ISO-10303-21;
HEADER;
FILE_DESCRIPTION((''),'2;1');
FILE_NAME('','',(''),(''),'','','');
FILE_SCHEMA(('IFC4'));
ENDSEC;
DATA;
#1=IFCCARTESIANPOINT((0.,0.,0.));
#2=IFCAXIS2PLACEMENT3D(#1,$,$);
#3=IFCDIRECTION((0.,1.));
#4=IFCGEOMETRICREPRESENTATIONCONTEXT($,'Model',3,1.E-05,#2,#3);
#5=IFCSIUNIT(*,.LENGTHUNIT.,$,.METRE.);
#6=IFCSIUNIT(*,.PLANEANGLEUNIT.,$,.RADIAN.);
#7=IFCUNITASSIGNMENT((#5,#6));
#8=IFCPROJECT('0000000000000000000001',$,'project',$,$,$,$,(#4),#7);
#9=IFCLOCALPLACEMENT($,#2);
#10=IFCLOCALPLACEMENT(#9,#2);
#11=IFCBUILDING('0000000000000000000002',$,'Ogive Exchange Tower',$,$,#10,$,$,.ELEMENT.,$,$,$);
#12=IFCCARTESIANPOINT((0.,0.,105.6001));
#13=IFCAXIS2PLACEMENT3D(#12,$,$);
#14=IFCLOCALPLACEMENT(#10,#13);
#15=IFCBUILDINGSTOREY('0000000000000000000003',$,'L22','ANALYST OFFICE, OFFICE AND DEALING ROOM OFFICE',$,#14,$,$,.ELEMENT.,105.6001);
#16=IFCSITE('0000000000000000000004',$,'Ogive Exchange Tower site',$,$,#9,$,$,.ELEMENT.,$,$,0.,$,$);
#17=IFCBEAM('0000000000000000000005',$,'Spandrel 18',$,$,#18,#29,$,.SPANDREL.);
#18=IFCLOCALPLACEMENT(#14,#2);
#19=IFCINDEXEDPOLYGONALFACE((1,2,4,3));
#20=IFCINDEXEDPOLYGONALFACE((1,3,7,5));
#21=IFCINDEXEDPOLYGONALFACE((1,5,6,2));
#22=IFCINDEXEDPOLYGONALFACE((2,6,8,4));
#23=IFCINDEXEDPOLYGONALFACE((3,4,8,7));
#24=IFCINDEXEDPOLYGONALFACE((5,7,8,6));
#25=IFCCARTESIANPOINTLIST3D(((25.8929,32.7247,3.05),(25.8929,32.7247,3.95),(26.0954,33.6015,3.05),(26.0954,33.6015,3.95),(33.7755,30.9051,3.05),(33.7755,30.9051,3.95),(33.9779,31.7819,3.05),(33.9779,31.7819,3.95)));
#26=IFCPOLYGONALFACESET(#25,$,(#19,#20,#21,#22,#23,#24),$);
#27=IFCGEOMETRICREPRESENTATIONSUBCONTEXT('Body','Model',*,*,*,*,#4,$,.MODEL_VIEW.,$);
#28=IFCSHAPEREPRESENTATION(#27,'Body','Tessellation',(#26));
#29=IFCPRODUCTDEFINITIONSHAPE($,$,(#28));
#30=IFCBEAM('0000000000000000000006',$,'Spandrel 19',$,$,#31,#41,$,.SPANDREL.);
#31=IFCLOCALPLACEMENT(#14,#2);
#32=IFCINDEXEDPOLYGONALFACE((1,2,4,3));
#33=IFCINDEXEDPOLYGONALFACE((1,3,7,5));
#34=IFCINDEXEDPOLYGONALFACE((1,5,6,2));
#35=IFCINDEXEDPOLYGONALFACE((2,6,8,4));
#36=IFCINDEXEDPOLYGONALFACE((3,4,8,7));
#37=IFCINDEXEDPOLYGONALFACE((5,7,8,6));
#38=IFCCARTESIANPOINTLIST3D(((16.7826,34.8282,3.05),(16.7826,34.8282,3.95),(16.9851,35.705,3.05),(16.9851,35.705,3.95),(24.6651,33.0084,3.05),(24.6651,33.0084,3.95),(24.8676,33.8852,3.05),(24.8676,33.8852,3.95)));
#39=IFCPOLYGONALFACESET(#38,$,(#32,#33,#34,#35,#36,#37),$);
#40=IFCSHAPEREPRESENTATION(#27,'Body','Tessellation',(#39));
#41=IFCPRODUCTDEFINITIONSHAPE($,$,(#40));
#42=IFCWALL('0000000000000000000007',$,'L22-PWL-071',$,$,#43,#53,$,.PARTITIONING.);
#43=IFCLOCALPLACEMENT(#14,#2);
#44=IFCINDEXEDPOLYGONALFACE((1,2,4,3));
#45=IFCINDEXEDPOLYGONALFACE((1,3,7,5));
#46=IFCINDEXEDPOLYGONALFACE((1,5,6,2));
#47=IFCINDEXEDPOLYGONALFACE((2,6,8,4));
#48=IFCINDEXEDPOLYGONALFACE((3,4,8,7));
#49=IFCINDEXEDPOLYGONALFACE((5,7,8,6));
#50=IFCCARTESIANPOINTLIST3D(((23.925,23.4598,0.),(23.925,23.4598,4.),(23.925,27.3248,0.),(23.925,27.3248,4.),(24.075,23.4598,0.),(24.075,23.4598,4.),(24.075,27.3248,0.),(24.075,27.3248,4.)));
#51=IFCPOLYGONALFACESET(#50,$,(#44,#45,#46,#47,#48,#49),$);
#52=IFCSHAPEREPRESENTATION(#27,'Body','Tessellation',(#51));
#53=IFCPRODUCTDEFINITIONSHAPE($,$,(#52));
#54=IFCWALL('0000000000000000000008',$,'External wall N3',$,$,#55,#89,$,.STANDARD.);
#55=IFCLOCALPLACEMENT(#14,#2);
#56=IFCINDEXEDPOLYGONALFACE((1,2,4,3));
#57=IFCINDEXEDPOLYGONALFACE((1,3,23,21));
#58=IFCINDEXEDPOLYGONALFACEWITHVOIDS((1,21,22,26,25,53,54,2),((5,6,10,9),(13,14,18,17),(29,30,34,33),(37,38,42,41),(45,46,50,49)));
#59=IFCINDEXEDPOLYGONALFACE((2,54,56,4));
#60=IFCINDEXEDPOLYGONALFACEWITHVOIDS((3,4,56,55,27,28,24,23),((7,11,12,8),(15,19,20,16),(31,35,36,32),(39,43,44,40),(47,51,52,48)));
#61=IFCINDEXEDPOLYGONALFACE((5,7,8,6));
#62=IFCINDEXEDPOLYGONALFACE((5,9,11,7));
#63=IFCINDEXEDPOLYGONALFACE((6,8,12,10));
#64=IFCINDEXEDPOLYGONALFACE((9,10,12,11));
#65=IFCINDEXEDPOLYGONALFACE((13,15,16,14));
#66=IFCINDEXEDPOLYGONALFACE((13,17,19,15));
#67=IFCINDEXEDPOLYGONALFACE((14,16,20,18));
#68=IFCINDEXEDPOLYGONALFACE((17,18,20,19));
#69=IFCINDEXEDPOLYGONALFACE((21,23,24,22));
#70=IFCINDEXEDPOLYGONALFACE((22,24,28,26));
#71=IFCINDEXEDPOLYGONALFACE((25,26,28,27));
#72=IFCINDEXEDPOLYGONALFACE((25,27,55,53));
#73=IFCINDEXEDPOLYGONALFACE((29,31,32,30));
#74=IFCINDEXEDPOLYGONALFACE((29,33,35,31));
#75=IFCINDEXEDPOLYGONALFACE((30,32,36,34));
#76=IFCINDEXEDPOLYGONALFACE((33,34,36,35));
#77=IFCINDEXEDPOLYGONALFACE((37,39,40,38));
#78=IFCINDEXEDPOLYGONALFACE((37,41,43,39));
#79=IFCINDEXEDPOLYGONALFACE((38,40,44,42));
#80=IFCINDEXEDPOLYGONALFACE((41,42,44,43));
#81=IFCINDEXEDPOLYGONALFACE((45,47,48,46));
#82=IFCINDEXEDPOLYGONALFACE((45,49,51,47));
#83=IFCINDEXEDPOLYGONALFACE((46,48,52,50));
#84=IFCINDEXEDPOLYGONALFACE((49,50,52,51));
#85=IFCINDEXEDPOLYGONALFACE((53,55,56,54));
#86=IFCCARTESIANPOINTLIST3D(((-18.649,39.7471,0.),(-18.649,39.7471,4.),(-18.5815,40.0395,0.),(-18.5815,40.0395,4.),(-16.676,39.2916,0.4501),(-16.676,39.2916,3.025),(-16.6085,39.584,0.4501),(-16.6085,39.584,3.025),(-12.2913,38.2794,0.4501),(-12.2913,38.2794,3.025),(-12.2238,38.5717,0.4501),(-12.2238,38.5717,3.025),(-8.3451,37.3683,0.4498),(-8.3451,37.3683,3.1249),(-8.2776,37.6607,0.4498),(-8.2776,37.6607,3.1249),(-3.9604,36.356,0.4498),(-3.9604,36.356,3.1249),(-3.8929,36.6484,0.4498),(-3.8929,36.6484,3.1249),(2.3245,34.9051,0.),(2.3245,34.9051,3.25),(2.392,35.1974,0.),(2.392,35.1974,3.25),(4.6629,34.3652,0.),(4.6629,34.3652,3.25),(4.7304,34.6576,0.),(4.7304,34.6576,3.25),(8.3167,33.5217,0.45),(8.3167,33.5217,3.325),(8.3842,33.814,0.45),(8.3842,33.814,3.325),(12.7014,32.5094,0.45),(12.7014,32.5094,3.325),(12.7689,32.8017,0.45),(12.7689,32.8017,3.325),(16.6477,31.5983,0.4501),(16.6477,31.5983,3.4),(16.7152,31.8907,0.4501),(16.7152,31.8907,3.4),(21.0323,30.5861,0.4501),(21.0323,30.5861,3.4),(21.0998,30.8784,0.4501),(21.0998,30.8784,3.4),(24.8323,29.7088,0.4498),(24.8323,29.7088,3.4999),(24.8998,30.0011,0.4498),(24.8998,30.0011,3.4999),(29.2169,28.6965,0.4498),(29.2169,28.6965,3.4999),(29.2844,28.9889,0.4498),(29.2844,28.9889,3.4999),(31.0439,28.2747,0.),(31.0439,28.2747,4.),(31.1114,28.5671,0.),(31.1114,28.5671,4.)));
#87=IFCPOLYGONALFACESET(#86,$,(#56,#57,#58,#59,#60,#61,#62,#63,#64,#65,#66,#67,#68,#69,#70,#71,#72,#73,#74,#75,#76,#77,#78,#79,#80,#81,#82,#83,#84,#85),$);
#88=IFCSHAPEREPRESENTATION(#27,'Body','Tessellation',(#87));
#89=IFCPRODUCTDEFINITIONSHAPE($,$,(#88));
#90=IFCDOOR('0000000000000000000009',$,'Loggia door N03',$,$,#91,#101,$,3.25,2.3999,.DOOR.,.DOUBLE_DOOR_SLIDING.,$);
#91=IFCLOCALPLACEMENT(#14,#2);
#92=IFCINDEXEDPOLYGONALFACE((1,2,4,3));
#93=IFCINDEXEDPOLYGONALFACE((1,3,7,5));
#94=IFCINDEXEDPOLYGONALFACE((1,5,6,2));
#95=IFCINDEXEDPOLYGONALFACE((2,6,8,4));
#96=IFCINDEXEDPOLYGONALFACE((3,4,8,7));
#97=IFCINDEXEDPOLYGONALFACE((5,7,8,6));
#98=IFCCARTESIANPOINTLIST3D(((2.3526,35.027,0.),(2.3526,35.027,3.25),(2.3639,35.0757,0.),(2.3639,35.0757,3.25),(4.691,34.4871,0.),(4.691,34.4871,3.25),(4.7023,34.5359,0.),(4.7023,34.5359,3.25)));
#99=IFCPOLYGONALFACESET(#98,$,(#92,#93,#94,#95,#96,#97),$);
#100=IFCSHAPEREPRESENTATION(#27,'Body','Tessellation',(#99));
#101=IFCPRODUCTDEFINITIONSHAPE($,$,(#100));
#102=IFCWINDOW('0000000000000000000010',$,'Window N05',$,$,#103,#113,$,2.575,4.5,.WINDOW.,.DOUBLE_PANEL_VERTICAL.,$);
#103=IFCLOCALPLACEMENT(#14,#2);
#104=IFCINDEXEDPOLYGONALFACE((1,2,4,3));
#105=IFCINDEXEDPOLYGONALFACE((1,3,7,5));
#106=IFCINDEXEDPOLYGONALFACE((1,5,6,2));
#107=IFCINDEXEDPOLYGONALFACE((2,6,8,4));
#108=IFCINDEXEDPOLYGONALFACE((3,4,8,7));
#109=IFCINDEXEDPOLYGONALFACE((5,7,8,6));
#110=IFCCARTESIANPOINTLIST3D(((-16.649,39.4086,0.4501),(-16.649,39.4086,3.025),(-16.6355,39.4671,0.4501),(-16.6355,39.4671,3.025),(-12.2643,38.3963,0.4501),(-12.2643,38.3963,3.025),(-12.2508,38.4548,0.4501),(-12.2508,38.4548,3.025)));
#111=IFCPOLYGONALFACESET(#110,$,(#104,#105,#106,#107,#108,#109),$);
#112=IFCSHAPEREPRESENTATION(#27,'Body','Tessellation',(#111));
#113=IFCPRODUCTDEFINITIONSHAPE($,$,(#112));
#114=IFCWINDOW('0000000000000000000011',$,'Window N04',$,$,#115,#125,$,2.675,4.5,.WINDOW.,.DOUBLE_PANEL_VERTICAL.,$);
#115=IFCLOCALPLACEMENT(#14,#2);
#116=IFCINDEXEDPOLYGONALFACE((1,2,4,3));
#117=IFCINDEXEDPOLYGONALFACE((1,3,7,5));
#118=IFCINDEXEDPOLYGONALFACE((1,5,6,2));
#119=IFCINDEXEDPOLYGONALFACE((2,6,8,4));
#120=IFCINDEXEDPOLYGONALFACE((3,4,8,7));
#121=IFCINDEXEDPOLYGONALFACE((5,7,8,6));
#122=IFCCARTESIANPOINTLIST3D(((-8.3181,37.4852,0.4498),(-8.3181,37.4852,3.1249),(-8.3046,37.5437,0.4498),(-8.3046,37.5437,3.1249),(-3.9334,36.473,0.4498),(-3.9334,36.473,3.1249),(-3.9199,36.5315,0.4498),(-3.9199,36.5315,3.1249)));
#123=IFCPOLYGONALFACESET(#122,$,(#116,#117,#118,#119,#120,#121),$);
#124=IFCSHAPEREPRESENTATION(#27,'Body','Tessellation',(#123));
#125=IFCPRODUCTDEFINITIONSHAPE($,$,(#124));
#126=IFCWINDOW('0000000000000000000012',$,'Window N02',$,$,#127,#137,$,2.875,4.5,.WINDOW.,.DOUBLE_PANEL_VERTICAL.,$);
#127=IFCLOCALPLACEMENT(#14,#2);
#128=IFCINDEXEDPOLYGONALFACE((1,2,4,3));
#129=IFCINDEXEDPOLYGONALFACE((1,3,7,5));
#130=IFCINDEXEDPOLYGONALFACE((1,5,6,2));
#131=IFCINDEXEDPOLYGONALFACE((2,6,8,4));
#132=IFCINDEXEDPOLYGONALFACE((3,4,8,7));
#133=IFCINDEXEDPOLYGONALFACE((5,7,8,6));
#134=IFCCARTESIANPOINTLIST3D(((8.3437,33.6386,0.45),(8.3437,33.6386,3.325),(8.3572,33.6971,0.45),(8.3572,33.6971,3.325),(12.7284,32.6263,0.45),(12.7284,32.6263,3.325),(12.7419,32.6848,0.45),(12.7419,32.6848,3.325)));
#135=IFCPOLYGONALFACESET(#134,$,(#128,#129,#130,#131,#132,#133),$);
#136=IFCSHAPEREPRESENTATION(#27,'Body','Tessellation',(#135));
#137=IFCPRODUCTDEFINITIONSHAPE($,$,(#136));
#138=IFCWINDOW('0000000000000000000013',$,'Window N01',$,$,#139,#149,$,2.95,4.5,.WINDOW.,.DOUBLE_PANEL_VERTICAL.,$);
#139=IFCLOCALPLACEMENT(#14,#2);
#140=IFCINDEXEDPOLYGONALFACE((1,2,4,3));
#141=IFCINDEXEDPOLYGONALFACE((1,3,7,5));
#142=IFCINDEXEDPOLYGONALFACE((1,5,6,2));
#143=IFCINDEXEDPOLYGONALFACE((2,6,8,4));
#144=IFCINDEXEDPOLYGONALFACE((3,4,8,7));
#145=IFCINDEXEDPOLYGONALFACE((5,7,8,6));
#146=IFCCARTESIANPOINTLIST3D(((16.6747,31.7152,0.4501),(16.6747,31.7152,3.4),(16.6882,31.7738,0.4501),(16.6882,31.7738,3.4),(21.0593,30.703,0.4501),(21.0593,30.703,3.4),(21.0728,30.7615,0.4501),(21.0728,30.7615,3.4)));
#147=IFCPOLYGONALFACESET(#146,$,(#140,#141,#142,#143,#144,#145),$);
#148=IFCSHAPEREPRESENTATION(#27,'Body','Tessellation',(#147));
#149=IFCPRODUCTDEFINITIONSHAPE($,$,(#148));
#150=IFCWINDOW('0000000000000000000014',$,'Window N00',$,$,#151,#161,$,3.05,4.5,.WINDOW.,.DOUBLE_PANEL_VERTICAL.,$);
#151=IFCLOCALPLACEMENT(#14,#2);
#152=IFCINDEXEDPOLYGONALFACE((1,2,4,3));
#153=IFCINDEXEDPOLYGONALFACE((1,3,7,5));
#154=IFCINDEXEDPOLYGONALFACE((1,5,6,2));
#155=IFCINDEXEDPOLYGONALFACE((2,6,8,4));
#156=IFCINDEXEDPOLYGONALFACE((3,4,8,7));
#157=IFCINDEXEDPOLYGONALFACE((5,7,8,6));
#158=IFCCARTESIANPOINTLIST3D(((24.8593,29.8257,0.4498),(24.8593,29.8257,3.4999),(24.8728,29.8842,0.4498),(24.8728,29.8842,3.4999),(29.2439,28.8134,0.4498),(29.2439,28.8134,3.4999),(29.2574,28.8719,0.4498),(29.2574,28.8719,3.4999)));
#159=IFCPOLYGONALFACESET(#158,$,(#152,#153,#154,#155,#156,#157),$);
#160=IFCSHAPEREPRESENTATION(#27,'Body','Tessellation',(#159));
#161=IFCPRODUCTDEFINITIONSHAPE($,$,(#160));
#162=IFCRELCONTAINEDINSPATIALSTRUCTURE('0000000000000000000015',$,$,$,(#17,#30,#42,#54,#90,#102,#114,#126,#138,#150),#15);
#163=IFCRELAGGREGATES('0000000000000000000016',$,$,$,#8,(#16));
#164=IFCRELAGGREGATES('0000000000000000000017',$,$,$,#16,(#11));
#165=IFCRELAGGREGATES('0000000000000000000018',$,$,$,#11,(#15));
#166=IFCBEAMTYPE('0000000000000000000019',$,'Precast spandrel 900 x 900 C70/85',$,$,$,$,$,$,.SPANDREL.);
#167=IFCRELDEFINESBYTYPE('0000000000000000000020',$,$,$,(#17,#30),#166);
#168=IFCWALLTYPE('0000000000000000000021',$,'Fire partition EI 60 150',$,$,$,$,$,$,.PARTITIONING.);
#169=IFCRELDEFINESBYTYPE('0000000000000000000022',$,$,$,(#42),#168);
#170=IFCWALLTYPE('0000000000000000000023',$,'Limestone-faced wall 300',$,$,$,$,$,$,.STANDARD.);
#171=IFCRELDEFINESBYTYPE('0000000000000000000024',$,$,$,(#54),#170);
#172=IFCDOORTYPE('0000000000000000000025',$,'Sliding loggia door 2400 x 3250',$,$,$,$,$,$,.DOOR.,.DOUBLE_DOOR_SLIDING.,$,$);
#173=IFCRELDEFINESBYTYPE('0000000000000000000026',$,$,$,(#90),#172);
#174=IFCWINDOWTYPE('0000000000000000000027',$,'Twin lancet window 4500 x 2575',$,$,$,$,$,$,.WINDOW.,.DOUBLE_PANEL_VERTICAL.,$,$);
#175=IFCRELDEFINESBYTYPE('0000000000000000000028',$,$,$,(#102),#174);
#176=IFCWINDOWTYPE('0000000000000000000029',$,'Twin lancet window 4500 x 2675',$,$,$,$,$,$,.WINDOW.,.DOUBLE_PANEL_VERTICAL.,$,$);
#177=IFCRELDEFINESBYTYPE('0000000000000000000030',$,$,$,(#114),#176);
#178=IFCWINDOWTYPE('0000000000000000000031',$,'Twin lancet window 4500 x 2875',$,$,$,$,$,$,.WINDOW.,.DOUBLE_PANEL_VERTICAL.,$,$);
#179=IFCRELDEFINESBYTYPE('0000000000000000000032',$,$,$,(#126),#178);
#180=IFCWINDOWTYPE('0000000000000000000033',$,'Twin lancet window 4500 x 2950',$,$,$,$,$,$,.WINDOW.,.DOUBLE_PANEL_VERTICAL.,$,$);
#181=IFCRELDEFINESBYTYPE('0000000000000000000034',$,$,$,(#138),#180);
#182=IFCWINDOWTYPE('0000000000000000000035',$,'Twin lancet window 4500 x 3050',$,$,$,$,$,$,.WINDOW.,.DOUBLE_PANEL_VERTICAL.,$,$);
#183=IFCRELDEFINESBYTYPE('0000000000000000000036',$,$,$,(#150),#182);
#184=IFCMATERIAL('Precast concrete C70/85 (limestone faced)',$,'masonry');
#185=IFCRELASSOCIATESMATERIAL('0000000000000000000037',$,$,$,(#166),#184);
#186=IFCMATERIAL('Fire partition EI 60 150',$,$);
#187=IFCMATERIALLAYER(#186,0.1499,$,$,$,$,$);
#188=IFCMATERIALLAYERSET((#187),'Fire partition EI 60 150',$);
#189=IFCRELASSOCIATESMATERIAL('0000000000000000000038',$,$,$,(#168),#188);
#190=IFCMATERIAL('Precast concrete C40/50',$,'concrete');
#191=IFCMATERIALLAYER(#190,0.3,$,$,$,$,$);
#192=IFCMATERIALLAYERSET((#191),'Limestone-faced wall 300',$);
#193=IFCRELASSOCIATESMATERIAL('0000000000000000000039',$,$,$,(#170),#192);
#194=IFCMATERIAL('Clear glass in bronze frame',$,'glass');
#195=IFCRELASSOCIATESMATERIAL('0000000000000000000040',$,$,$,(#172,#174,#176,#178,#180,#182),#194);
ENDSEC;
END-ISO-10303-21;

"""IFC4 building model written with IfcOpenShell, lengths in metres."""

from ifc_helpers import new_model, si_unit, direction, frame, frame_2d, origin, origin_2d, place, context, subcontext, project, spatial, rectangle, extrude, material, layer, layer_set, material_profile, profile_set, type_object, element, fill, save


model = new_model("IFC4")

# Units and contexts
model_context = context("Model", 3, precision=1e-05, world=origin(), true_north=direction((0.0, 1.0)))
body_context = subcontext(model_context, "Body", "Model", "MODEL_VIEW")
ifc_project = project(units=[si_unit("LENGTHUNIT", "METRE"), si_unit("PLANEANGLEUNIT", "RADIAN")], contexts=[model_context])

# Site, building, storey
site_placement = place(None, origin())
site = spatial("IfcSite", under=ifc_project, at=site_placement, Name="Ogive Exchange Tower site", CompositionType="ELEMENT", RefElevation=0.0)
building_placement = place(site_placement, origin())
building = spatial("IfcBuilding", under=site, at=building_placement, Name="Ogive Exchange Tower", CompositionType="ELEMENT")
storey_placement = place(building_placement, frame((0.0, 0.0, 105.6001)))
storey = spatial("IfcBuildingStorey", under=building, at=storey_placement, Name="L22", Description="ANALYST OFFICE, OFFICE AND DEALING ROOM OFFICE", CompositionType="ELEMENT", Elevation=105.6001)

# Shared definitions
ifc_material_1 = material(Name="Precast concrete C70/85 (limestone faced)", Category="masonry")

# Beams
ifc_material_profile_1 = material_profile(ifc_material_1, rectangle(XDim=0.8999, YDim=0.8999, at=origin_2d()), Name="900 x 900")
ifc_profile_set_1 = profile_set([ifc_material_profile_1], Name="Precast concrete C70/85 (limestone faced)")
beam_type_1 = type_object("IfcBeamType", Name="Precast spandrel 900 x 900 C70/85", PredefinedType="SPANDREL", material=ifc_profile_set_1)
for number, where, z_axis, x_axis, name in (
    (1, (33.8767, 31.3435, 3.5), (-0.974377, 0.224921, 0.0), (-0.224921, -0.974377, 0.0), "Spandrel 18"),
    (2, (24.7664, 33.4468, 3.5), (-0.97437, 0.22495, 0.0), (-0.22495, -0.97437, 0.0), "Spandrel 19"),
):
    element("IfcBeam", number, at=place(storey_placement, frame(where, z_axis=z_axis, x_axis=x_axis)), inside=storey, type_object=beam_type_1, Name=name, PredefinedType="SPANDREL", context=body_context, shape_type="SweptSolid", body=[
        extrude(rectangle(XDim=0.8999, YDim=0.8999, at=origin_2d()), origin(), (0.0, 0.0, 1.0), 8.0898),
    ])

# Wall
ifc_material_2 = material(Name="Fire partition EI 60 150")
ifc_layer_1 = layer(ifc_material_2, 0.1499)
ifc_layer_set_1 = layer_set([ifc_layer_1], Name="Fire partition EI 60 150")
wall_type_1 = type_object("IfcWallType", Name="Fire partition EI 60 150", PredefinedType="PARTITIONING", material=ifc_layer_set_1)
wall_1_placement = place(storey_placement, frame((24.0, 27.325, 0.0), z_axis=(0.0, 0.0, 1.0), x_axis=(0.0, -1.0, 0.0)))
element("IfcWall", 3, at=wall_1_placement, inside=storey, type_object=wall_type_1, Name="L22-PWL-071", PredefinedType="PARTITIONING", context=body_context, shape_type="SweptSolid", body=[
    extrude(rectangle(XDim=3.865, YDim=0.1499, at=frame_2d((1.9326, 0.0))), origin(), (0.0, 0.0, 1.0), 4.0),
])

# Wall, openings, door, windows
ifc_material_3 = material(Name="Precast concrete C40/50", Category="concrete")
ifc_layer_2 = layer(ifc_material_3, 0.3)
ifc_layer_set_2 = layer_set([ifc_layer_2], Name="Limestone-faced wall 300")
wall_type_2 = type_object("IfcWallType", Name="Limestone-faced wall 300", PredefinedType="STANDARD", material=ifc_layer_set_2)
wall_2_placement = place(storey_placement, frame((31.0776, 28.4209, 0.0), z_axis=(0.0, 0.0, 1.0), x_axis=(-0.97437, 0.224949, 0.0)))
wall_2 = element("IfcWall", 4, at=wall_2_placement, inside=storey, type_object=wall_type_2, Name="External wall N3", PredefinedType="STANDARD", context=body_context, shape_type="SweptSolid", body=[
    extrude(rectangle(XDim=51.0, YDim=0.3, at=frame_2d((25.5, 0.0))), origin(), (0.0, 0.0, 1.0), 4.0),
])
opening_1_placement = place(wall_2_placement, frame((1.875, 0.0, 0.45)))
opening_1 = element("IfcOpeningElement", 5, at=opening_1_placement, cuts=wall_2, PredefinedType="OPENING", context=body_context, shape_type="SweptSolid", body=[
    extrude(rectangle(XDim=4.5, YDim=3.05, at=frame_2d((2.25, 1.5249))), frame((0.0, 0.1599, 0.0), z_axis=(0.0, -1.0, 0.0), x_axis=(1.0, 0.0, 0.0)), (0.0, 0.0, 1.0), 0.3201),
])
opening_2_placement = place(wall_2_placement, frame((10.2749, 0.0, 0.45)))
opening_2 = element("IfcOpeningElement", 6, at=opening_2_placement, cuts=wall_2, PredefinedType="OPENING", context=body_context, shape_type="SweptSolid", body=[
    extrude(rectangle(XDim=4.5, YDim=2.95, at=frame_2d((2.25, 1.4751))), frame((0.0, 0.1599, 0.0), z_axis=(0.0, -1.0, 0.0), x_axis=(1.0, 0.0, 0.0)), (0.0, 0.0, 1.0), 0.3201),
])
opening_3_placement = place(wall_2_placement, frame((18.825, 0.0, 0.45)))
opening_3 = element("IfcOpeningElement", 7, at=opening_3_placement, cuts=wall_2, PredefinedType="OPENING", context=body_context, shape_type="SweptSolid", body=[
    extrude(rectangle(XDim=4.5, YDim=2.875, at=frame_2d((2.25, 1.4375))), frame((0.0, 0.1599, 0.0), z_axis=(0.0, -1.0, 0.0), x_axis=(1.0, 0.0, 0.0)), (0.0, 0.0, 1.0), 0.3201),
])
opening_4_placement = place(wall_2_placement, frame((27.075, 0.0, 0.0)))
opening_4 = element("IfcOpeningElement", 8, at=opening_4_placement, cuts=wall_2, PredefinedType="OPENING", context=body_context, shape_type="SweptSolid", body=[
    extrude(rectangle(XDim=2.3999, YDim=3.25, at=frame_2d((1.2, 1.625))), frame((0.0, 0.1599, 0.0), z_axis=(0.0, -1.0, 0.0), x_axis=(1.0, 0.0, 0.0)), (0.0, 0.0, 1.0), 0.3201),
])
opening_5_placement = place(wall_2_placement, frame((35.925, 0.0, 0.45)))
opening_5 = element("IfcOpeningElement", 9, at=opening_5_placement, cuts=wall_2, PredefinedType="OPENING", context=body_context, shape_type="SweptSolid", body=[
    extrude(rectangle(XDim=4.5, YDim=2.675, at=frame_2d((2.25, 1.3374))), frame((0.0, 0.1599, 0.0), z_axis=(0.0, -1.0, 0.0), x_axis=(1.0, 0.0, 0.0)), (0.0, 0.0, 1.0), 0.3201),
])
opening_6_placement = place(wall_2_placement, frame((44.4751, 0.0, 0.45)))
opening_6 = element("IfcOpeningElement", 10, at=opening_6_placement, cuts=wall_2, PredefinedType="OPENING", context=body_context, shape_type="SweptSolid", body=[
    extrude(rectangle(XDim=4.5, YDim=2.575, at=frame_2d((2.25, 1.2876))), frame((0.0, 0.1599, 0.0), z_axis=(0.0, -1.0, 0.0), x_axis=(1.0, 0.0, 0.0)), (0.0, 0.0, 1.0), 0.3201),
])
ifc_material_4 = material(Name="Clear glass in bronze frame", Category="glass")
door_type = type_object("IfcDoorType", Name="Sliding loggia door 2400 x 3250", OperationType="DOUBLE_DOOR_SLIDING", PredefinedType="DOOR", material=ifc_material_4)
door_placement = place(opening_4_placement, origin())
door = element("IfcDoor", 11, at=door_placement, inside=storey, type_object=door_type, Name="Loggia door N03", OperationType="DOUBLE_DOOR_SLIDING", OverallHeight=3.25, OverallWidth=2.3999, PredefinedType="DOOR", context=body_context, shape_type="SweptSolid", body=[
    extrude(rectangle(XDim=2.3999, YDim=3.25, at=frame_2d((1.2, 1.625))), frame((0.0, 0.0249, 0.0), z_axis=(0.0, -1.0, 0.0), x_axis=(1.0, 0.0, 0.0)), (0.0, 0.0, 1.0), 0.05),
])
fill(opening_4, door)
window_type_1 = type_object("IfcWindowType", Name="Twin lancet window 4500 x 2575", PartitioningType="DOUBLE_PANEL_VERTICAL", PredefinedType="WINDOW", material=ifc_material_4)
window_1_placement = place(opening_6_placement, origin())
window_1 = element("IfcWindow", 12, at=window_1_placement, inside=storey, type_object=window_type_1, Name="Window N05", OverallHeight=2.575, OverallWidth=4.5, PartitioningType="DOUBLE_PANEL_VERTICAL", PredefinedType="WINDOW", context=body_context, shape_type="SweptSolid", body=[
    extrude(rectangle(XDim=4.5, YDim=2.575, at=frame_2d((2.25, 1.2876))), frame((0.0, 0.03, 0.0), z_axis=(0.0, -1.0, 0.0), x_axis=(1.0, 0.0, 0.0)), (0.0, 0.0, 1.0), 0.0601),
])
fill(opening_6, window_1)
window_type_2 = type_object("IfcWindowType", Name="Twin lancet window 4500 x 2675", PartitioningType="DOUBLE_PANEL_VERTICAL", PredefinedType="WINDOW", material=ifc_material_4)
window_2_placement = place(opening_5_placement, origin())
window_2 = element("IfcWindow", 13, at=window_2_placement, inside=storey, type_object=window_type_2, Name="Window N04", OverallHeight=2.675, OverallWidth=4.5, PartitioningType="DOUBLE_PANEL_VERTICAL", PredefinedType="WINDOW", context=body_context, shape_type="SweptSolid", body=[
    extrude(rectangle(XDim=4.5, YDim=2.675, at=frame_2d((2.25, 1.3374))), frame((0.0, 0.03, 0.0), z_axis=(0.0, -1.0, 0.0), x_axis=(1.0, 0.0, 0.0)), (0.0, 0.0, 1.0), 0.0601),
])
fill(opening_5, window_2)
window_type_3 = type_object("IfcWindowType", Name="Twin lancet window 4500 x 2875", PartitioningType="DOUBLE_PANEL_VERTICAL", PredefinedType="WINDOW", material=ifc_material_4)
window_3_placement = place(opening_3_placement, origin())
window_3 = element("IfcWindow", 14, at=window_3_placement, inside=storey, type_object=window_type_3, Name="Window N02", OverallHeight=2.875, OverallWidth=4.5, PartitioningType="DOUBLE_PANEL_VERTICAL", PredefinedType="WINDOW", context=body_context, shape_type="SweptSolid", body=[
    extrude(rectangle(XDim=4.5, YDim=2.875, at=frame_2d((2.25, 1.4375))), frame((0.0, 0.03, 0.0), z_axis=(0.0, -1.0, 0.0), x_axis=(1.0, 0.0, 0.0)), (0.0, 0.0, 1.0), 0.0601),
])
fill(opening_3, window_3)
window_type_4 = type_object("IfcWindowType", Name="Twin lancet window 4500 x 2950", PartitioningType="DOUBLE_PANEL_VERTICAL", PredefinedType="WINDOW", material=ifc_material_4)
window_4_placement = place(opening_2_placement, origin())
window_4 = element("IfcWindow", 15, at=window_4_placement, inside=storey, type_object=window_type_4, Name="Window N01", OverallHeight=2.95, OverallWidth=4.5, PartitioningType="DOUBLE_PANEL_VERTICAL", PredefinedType="WINDOW", context=body_context, shape_type="SweptSolid", body=[
    extrude(rectangle(XDim=4.5, YDim=2.95, at=frame_2d((2.25, 1.4751))), frame((0.0, 0.03, 0.0), z_axis=(0.0, -1.0, 0.0), x_axis=(1.0, 0.0, 0.0)), (0.0, 0.0, 1.0), 0.0601),
])
fill(opening_2, window_4)
window_type_5 = type_object("IfcWindowType", Name="Twin lancet window 4500 x 3050", PartitioningType="DOUBLE_PANEL_VERTICAL", PredefinedType="WINDOW", material=ifc_material_4)
window_5_placement = place(opening_1_placement, origin())
window_5 = element("IfcWindow", 16, at=window_5_placement, inside=storey, type_object=window_type_5, Name="Window N00", OverallHeight=3.05, OverallWidth=4.5, PartitioningType="DOUBLE_PANEL_VERTICAL", PredefinedType="WINDOW", context=body_context, shape_type="SweptSolid", body=[
    extrude(rectangle(XDim=4.5, YDim=3.05, at=frame_2d((2.25, 1.5249))), frame((0.0, 0.03, 0.0), z_axis=(0.0, -1.0, 0.0), x_axis=(1.0, 0.0, 0.0)), (0.0, 0.0, 1.0), 0.0601),
])
fill(opening_1, window_5)

save(model, "model.ifc")
